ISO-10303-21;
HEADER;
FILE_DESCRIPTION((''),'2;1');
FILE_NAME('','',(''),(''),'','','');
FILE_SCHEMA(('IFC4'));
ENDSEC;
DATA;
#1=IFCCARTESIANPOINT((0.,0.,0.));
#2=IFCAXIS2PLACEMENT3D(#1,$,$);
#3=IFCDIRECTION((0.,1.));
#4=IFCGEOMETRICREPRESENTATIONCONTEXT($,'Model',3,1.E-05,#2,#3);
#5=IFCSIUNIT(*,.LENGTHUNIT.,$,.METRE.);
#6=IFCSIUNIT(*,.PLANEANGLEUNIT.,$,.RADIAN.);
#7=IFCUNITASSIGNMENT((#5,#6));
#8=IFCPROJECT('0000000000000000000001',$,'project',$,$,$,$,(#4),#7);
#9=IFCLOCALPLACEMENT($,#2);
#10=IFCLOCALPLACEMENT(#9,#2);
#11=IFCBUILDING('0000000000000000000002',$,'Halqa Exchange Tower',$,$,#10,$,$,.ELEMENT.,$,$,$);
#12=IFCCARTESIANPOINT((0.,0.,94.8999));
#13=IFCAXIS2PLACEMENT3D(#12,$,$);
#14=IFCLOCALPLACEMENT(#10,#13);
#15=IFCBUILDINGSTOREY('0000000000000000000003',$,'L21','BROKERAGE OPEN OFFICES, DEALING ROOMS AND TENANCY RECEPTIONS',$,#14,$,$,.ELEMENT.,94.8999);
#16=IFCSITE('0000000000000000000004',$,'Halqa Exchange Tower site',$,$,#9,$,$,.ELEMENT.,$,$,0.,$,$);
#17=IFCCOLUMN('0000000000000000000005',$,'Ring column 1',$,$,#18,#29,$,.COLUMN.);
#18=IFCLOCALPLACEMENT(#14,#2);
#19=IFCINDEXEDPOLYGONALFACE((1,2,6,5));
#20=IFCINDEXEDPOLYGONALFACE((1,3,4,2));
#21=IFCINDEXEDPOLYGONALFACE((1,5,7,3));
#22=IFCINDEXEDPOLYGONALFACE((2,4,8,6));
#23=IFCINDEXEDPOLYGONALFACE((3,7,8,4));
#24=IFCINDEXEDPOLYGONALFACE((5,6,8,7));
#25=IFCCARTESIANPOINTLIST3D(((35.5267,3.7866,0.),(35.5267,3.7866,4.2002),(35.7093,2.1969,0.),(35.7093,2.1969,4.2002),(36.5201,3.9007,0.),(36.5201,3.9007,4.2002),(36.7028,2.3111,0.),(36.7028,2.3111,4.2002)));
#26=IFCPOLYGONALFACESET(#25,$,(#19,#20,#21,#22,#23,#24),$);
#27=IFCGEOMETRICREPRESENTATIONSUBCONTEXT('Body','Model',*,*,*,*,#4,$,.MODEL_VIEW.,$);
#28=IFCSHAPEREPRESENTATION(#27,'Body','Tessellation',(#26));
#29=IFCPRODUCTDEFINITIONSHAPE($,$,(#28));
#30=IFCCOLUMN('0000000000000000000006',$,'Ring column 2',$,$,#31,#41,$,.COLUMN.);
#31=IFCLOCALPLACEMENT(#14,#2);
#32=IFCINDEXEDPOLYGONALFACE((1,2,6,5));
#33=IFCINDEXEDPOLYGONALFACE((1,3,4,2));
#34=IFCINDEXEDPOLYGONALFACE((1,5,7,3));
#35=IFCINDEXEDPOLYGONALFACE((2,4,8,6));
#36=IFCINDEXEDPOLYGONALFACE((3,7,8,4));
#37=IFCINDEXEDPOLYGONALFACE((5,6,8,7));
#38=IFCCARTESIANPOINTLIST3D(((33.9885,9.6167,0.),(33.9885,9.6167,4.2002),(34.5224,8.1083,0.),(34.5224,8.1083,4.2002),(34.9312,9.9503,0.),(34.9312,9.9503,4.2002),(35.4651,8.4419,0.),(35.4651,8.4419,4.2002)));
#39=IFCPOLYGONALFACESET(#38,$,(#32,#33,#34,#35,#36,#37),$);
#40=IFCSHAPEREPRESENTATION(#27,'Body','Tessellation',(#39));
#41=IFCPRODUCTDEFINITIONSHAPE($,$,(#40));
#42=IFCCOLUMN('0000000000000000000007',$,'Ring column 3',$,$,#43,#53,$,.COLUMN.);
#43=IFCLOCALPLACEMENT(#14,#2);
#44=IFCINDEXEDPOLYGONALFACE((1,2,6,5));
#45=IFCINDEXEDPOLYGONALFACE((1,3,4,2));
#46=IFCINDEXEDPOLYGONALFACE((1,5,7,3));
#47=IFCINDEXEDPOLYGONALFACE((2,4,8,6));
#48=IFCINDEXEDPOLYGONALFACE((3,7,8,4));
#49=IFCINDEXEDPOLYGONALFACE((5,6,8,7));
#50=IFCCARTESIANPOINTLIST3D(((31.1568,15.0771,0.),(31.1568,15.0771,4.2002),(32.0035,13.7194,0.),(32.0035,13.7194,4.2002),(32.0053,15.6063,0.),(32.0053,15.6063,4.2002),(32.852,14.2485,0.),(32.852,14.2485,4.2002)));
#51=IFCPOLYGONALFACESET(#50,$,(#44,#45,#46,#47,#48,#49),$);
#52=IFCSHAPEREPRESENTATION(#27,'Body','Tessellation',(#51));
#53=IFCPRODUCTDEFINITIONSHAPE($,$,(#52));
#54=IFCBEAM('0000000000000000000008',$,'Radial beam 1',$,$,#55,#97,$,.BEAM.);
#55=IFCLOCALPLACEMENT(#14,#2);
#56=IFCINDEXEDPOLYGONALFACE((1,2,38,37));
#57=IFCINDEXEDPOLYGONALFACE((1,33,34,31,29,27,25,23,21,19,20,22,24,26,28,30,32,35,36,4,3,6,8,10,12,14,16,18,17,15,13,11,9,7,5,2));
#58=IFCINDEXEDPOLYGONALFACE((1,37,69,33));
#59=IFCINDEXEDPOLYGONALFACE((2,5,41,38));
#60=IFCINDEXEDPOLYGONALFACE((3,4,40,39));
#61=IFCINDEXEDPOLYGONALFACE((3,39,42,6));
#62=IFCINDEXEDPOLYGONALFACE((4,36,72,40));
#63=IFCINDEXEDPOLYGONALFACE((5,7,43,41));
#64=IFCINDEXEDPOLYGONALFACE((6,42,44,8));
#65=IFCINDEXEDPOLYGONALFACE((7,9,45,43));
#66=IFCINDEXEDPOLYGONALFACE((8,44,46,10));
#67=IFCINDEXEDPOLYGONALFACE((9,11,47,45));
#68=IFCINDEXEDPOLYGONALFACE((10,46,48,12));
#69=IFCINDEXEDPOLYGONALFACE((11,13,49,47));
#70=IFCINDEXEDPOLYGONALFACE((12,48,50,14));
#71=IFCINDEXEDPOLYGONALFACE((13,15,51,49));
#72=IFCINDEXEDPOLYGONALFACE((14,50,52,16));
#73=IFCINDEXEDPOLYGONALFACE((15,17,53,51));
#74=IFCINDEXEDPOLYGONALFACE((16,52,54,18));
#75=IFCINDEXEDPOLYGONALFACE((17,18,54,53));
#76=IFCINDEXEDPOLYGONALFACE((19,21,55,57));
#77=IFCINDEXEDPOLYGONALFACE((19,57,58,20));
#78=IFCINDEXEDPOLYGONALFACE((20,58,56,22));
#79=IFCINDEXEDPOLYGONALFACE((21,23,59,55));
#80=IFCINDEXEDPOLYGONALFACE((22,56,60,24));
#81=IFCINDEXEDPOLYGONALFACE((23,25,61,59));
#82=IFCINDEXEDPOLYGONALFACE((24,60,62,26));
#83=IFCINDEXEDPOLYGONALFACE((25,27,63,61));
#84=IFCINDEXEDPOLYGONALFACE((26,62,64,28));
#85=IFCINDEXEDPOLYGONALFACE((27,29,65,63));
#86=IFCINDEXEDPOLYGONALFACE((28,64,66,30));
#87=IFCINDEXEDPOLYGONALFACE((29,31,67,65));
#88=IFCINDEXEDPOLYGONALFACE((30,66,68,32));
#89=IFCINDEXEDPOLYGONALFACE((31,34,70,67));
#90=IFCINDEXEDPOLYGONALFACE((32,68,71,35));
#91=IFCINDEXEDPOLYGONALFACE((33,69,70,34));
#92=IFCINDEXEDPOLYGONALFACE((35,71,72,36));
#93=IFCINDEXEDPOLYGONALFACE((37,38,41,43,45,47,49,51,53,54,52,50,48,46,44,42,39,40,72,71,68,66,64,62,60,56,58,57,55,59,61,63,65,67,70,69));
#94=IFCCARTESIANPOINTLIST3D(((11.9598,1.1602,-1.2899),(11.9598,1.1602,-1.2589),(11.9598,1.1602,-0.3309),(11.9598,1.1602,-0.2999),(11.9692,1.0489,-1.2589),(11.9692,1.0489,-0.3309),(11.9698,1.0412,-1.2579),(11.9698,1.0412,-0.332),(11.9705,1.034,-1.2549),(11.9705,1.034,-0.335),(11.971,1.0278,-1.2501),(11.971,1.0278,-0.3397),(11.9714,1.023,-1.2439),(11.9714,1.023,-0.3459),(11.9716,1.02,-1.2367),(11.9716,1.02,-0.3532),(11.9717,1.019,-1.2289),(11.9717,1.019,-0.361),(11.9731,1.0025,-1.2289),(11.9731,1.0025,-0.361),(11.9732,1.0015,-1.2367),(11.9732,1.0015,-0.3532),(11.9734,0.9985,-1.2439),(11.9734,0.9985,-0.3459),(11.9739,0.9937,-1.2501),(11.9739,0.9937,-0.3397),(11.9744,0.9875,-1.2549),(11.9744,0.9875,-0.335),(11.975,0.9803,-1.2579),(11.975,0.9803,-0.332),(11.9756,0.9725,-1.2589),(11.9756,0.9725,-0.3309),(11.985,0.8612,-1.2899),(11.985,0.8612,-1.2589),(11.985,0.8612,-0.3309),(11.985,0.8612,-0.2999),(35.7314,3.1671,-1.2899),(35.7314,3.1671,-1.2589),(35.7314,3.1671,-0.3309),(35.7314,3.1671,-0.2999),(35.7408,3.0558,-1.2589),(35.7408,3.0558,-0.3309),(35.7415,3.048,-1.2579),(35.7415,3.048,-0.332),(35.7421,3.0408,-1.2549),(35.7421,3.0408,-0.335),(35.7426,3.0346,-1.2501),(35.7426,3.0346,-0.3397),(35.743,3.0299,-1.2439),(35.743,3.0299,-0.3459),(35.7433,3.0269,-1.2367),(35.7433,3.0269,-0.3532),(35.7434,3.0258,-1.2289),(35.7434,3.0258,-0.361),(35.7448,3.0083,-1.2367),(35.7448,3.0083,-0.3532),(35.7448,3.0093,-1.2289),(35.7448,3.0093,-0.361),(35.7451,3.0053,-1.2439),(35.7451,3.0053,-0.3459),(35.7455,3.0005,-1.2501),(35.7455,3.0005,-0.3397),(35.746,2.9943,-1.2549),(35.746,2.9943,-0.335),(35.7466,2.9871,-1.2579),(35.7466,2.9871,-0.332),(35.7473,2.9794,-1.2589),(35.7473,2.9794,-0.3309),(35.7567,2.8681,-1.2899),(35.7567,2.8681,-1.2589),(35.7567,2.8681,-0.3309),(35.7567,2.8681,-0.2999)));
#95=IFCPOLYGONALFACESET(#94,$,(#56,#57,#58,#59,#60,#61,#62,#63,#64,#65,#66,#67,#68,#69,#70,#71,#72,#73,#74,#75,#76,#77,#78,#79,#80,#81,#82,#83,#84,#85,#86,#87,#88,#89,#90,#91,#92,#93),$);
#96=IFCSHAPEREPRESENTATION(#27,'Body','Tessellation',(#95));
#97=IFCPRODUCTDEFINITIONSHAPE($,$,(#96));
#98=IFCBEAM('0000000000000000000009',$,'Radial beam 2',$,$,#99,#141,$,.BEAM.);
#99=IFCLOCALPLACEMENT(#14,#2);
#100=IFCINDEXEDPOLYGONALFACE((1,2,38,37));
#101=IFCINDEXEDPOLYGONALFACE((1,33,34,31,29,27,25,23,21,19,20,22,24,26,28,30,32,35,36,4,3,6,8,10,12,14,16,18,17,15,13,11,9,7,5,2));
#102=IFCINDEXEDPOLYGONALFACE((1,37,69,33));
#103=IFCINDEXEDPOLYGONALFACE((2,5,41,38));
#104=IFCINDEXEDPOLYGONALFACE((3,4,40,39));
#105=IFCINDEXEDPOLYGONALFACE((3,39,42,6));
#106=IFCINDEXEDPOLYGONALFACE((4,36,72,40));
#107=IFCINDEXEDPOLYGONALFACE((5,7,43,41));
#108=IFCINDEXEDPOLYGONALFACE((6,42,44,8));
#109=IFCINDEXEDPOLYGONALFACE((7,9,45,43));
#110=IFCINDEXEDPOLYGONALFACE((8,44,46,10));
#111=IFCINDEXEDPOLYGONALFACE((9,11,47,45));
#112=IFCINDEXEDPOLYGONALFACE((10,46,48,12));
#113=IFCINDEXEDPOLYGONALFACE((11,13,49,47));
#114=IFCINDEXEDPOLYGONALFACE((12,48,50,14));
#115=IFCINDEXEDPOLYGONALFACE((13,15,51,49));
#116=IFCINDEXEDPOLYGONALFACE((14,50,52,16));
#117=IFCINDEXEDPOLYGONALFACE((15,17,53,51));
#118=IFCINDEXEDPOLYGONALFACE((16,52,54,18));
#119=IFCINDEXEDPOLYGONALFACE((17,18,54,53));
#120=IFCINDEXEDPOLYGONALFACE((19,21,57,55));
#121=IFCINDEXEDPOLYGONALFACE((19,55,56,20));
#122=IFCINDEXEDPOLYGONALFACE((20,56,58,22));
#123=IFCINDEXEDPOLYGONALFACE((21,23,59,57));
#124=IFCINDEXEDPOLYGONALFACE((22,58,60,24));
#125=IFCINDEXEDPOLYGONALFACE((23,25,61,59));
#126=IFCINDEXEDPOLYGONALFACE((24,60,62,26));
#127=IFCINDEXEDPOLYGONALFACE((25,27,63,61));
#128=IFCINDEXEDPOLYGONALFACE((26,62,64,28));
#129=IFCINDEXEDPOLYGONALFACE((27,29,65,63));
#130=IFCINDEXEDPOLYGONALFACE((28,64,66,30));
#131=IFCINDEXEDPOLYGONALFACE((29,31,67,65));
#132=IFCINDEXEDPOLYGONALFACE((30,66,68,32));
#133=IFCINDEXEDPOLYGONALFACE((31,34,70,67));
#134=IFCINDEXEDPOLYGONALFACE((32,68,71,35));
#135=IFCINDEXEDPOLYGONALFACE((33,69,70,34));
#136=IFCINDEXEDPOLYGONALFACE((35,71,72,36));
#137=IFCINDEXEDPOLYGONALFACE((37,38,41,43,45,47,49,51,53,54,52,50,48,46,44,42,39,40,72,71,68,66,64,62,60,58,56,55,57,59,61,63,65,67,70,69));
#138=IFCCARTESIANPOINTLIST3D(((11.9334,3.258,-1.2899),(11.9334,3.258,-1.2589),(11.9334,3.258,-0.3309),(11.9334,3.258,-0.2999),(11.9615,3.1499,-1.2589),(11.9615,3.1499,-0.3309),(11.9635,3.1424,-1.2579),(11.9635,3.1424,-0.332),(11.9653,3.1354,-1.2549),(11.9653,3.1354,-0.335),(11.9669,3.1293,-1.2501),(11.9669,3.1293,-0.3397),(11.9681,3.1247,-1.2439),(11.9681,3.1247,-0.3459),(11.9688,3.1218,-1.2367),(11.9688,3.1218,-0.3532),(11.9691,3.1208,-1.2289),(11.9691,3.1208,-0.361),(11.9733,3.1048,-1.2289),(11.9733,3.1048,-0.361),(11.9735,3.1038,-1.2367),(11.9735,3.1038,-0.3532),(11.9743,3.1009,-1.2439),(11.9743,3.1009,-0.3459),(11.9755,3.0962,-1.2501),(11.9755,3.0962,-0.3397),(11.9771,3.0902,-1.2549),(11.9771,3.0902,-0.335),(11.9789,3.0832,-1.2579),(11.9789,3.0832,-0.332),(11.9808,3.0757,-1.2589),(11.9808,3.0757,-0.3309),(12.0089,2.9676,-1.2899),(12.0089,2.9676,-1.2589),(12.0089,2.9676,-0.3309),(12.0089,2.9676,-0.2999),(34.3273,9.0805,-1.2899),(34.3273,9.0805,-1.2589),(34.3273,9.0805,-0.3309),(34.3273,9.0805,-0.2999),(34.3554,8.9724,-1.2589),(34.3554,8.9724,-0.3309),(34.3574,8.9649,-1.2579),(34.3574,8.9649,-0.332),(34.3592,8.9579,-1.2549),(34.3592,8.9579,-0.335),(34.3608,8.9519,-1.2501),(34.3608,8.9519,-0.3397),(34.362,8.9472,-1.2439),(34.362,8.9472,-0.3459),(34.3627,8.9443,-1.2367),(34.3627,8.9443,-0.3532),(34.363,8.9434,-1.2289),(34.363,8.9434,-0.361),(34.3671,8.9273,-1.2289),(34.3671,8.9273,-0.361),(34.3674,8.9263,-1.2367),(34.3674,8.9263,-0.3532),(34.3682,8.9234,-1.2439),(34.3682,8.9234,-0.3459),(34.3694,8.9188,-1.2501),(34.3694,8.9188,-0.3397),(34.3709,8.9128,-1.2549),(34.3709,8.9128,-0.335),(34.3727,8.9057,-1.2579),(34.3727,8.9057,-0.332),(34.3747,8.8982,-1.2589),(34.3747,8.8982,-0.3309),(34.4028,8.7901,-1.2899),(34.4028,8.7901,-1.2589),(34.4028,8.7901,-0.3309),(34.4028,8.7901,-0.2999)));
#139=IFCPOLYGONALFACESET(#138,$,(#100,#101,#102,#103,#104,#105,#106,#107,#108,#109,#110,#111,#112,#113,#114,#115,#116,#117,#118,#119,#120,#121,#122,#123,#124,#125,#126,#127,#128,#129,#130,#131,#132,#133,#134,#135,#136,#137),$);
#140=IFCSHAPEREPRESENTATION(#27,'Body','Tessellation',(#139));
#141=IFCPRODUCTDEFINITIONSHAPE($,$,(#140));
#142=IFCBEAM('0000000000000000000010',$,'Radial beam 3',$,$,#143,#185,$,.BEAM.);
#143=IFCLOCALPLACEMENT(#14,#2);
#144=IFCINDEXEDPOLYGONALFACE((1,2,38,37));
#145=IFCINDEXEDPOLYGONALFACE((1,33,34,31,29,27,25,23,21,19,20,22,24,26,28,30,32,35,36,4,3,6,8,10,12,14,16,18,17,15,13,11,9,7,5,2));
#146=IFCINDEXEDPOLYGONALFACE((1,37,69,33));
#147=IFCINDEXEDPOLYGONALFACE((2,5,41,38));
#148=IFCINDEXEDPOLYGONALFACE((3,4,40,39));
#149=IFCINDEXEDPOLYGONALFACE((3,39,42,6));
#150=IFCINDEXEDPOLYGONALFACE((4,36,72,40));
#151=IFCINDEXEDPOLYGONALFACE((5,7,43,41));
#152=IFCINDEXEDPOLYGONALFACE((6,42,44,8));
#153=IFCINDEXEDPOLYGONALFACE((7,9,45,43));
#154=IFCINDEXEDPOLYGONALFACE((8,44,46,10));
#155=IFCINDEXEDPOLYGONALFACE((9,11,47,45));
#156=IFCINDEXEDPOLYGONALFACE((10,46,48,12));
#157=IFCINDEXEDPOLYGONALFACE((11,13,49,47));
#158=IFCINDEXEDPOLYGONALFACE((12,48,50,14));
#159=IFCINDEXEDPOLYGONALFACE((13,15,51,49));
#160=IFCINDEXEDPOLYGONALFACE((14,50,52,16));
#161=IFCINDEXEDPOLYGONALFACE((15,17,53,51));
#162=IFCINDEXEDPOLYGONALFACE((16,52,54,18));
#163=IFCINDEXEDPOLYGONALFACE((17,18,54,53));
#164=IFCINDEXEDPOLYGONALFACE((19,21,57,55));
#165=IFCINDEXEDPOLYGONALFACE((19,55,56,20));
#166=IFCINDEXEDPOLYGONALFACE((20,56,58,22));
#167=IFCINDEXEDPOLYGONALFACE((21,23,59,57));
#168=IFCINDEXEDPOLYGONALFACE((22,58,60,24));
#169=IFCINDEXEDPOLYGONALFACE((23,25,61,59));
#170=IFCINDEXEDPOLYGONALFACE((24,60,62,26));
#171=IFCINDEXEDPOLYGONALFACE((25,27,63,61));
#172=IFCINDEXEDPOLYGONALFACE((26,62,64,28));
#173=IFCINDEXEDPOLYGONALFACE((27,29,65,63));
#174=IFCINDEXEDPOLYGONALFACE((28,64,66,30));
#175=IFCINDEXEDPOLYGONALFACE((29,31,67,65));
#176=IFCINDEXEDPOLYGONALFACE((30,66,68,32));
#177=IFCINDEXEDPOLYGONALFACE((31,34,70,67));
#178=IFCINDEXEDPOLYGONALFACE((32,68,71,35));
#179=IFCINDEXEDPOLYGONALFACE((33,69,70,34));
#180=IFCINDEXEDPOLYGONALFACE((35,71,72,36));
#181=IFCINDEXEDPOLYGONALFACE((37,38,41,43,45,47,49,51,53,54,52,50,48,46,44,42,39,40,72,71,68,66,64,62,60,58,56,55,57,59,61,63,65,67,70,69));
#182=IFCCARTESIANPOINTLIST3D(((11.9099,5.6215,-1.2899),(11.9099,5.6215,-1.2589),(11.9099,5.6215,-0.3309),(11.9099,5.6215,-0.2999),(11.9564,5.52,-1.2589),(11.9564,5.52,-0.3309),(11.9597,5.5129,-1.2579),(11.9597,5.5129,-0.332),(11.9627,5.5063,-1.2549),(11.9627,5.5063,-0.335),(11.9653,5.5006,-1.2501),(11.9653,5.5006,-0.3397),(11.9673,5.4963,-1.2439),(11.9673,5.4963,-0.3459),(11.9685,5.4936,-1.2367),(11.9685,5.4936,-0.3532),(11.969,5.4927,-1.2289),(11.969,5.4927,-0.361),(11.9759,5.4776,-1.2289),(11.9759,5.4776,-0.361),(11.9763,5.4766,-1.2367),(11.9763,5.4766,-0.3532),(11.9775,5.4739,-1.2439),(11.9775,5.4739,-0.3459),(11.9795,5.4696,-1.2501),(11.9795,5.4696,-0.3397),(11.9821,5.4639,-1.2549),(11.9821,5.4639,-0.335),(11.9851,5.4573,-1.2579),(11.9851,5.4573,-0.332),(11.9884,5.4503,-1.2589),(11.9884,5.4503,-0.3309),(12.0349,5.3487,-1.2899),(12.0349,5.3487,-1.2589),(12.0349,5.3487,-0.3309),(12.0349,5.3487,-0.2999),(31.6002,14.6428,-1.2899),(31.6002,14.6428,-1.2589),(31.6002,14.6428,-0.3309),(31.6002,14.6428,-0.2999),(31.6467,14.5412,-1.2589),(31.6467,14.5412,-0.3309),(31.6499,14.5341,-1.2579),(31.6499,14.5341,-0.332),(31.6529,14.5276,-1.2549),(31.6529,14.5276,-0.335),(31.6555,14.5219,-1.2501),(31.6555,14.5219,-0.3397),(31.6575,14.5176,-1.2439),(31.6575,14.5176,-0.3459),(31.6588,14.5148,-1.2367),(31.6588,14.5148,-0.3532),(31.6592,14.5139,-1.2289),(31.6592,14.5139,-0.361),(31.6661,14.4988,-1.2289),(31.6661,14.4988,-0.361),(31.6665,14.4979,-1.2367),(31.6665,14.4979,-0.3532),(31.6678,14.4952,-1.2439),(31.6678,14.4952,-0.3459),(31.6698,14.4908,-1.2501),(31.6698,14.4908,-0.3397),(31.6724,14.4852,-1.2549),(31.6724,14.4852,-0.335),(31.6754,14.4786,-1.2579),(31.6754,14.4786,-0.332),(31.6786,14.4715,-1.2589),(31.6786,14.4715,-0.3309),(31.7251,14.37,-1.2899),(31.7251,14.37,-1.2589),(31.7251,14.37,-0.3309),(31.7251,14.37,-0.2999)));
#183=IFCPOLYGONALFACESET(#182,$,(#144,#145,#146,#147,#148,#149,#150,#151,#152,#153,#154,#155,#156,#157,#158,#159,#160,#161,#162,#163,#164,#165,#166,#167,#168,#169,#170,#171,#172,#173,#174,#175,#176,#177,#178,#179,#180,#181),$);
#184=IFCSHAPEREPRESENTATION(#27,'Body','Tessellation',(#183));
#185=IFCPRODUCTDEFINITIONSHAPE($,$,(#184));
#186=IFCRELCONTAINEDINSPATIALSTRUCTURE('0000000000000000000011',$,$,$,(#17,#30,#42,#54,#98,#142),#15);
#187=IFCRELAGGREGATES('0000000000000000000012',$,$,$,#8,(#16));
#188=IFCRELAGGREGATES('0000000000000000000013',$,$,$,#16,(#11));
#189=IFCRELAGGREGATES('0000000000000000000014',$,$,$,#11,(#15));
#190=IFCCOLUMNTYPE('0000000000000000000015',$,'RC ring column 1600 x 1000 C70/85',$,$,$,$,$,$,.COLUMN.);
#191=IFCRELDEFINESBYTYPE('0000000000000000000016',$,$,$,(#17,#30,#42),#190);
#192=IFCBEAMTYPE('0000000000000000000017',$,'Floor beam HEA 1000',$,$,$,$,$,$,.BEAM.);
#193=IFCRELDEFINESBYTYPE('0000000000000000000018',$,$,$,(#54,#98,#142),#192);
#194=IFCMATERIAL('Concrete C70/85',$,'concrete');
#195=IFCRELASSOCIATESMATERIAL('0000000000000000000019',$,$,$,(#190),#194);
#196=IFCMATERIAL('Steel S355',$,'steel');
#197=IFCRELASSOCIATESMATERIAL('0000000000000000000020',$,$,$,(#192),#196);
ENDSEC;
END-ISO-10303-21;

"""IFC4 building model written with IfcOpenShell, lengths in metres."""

from ifc_helpers import new_model, si_unit, direction, frame, origin, origin_2d, place, context, subcontext, project, spatial, rectangle, i_section, extrude, material, material_profile, profile_set, type_object, element, save


model = new_model("IFC4")

# Units and contexts
model_context = context("Model", 3, precision=1e-05, world=origin(), true_north=direction((0.0, 1.0)))
body_context = subcontext(model_context, "Body", "Model", "MODEL_VIEW")
ifc_project = project(units=[si_unit("LENGTHUNIT", "METRE"), si_unit("PLANEANGLEUNIT", "RADIAN")], contexts=[model_context])

# Site, building, storey
site_placement = place(None, origin())
site = spatial("IfcSite", under=ifc_project, at=site_placement, Name="Halqa Exchange Tower site", CompositionType="ELEMENT", RefElevation=0.0)
building_placement = place(site_placement, origin())
building = spatial("IfcBuilding", under=site, at=building_placement, Name="Halqa Exchange Tower", CompositionType="ELEMENT")
storey_placement = place(building_placement, frame((0.0, 0.0, 94.8999)))
storey = spatial("IfcBuildingStorey", under=building, at=storey_placement, Name="L21", Description="BROKERAGE OPEN OFFICES, DEALING ROOMS AND TENANCY RECEPTIONS", CompositionType="ELEMENT", Elevation=94.8999)

# Columns
ifc_material_1 = material(Name="Concrete C70/85", Category="concrete")
ifc_material_profile_1 = material_profile(ifc_material_1, rectangle(XDim=1.6001, YDim=1.0, at=origin_2d()), Name="1600 x 1000")
ifc_profile_set_1 = profile_set([ifc_material_profile_1], Name="Concrete C70/85")
column_type = type_object("IfcColumnType", Name="RC ring column 1600 x 1000 C70/85", PredefinedType="COLUMN", material=ifc_profile_set_1)
for number, where, z_axis, x_axis, name in (
    (1, (36.1147, 3.0488, 0.0), (0.0, 0.0, 1.0), (-0.114157, 0.993463, 0.0), "Ring column 1"),
    (2, (34.7268, 9.0293, 0.0), (0.0, 0.0, 1.0), (-0.333631, 0.942704, 0.0), "Ring column 2"),
    (3, (32.0044, 14.6628, 0.0), (0.0, 0.0, 1.0), (-0.52914, 0.848534, 0.0), "Ring column 3"),
):
    element("IfcColumn", number, at=place(storey_placement, frame(where, z_axis=z_axis, x_axis=x_axis)), inside=storey, type_object=column_type, Name=name, PredefinedType="COLUMN", context=body_context, shape_type="SweptSolid", body=[
        extrude(rectangle(XDim=1.6001, YDim=1.0, at=origin_2d()), origin(), (0.0, 0.0, 1.0), 4.2002),
    ])

# Beams
ifc_material_2 = material(Name="Steel S355", Category="steel")
ifc_material_profile_2 = material_profile(ifc_material_2, i_section(OverallWidth=0.3, OverallDepth=0.99, WebThickness=0.0166, FlangeThickness=0.031, FilletRadius=0.03, at=origin_2d()), Name="HEA 1000")
ifc_profile_set_2 = profile_set([ifc_material_profile_2], Name="Steel S355")
beam_type_1 = type_object("IfcBeamType", Name="Floor beam HEA 1000", PredefinedType="BEAM", material=ifc_profile_set_2)
beam_1_placement = place(storey_placement, frame((11.9724, 1.0107, -0.7949), z_axis=(0.996455, 0.084122, 0.0), x_axis=(-0.084122, 0.996455, 0.0)))
element("IfcBeam", 4, at=beam_1_placement, inside=storey, type_object=beam_type_1, Name="Radial beam 1", PredefinedType="BEAM", context=body_context, shape_type="SweptSolid", body=[
    extrude(i_section(OverallWidth=0.3, OverallDepth=0.99, WebThickness=0.0166, FlangeThickness=0.031, FilletRadius=0.03, at=origin_2d()), origin(), (0.0, 0.0, 1.0), 23.8562),
])
beam_2_placement = place(storey_placement, frame((11.9712, 3.1128, -0.7949), z_axis=(0.967821, 0.251639, 0.0), x_axis=(-0.251639, 0.967821, 0.0)))
element("IfcBeam", 5, at=beam_2_placement, inside=storey, type_object=beam_type_1, Name="Radial beam 2", PredefinedType="BEAM", context=body_context, shape_type="SweptSolid", body=[
    extrude(i_section(OverallWidth=0.3, OverallDepth=0.99, WebThickness=0.0166, FlangeThickness=0.031, FilletRadius=0.03, at=origin_2d()), origin(), (0.0, 0.0, 1.0), 23.1384),
])
beam_3_placement = place(storey_placement, frame((11.9724, 5.4851, -0.7949), z_axis=(0.909125, 0.416524, 0.0), x_axis=(-0.416524, 0.909125, 0.0)))
element("IfcBeam", 6, at=beam_3_placement, inside=storey, type_object=beam_type_1, Name="Radial beam 3", PredefinedType="BEAM", context=body_context, shape_type="SweptSolid", body=[
    extrude(i_section(OverallWidth=0.3, OverallDepth=0.99, WebThickness=0.0166, FlangeThickness=0.031, FilletRadius=0.03, at=origin_2d()), origin(), (0.0, 0.0, 1.0), 21.6584),
])

save(model, "model.ifc")
